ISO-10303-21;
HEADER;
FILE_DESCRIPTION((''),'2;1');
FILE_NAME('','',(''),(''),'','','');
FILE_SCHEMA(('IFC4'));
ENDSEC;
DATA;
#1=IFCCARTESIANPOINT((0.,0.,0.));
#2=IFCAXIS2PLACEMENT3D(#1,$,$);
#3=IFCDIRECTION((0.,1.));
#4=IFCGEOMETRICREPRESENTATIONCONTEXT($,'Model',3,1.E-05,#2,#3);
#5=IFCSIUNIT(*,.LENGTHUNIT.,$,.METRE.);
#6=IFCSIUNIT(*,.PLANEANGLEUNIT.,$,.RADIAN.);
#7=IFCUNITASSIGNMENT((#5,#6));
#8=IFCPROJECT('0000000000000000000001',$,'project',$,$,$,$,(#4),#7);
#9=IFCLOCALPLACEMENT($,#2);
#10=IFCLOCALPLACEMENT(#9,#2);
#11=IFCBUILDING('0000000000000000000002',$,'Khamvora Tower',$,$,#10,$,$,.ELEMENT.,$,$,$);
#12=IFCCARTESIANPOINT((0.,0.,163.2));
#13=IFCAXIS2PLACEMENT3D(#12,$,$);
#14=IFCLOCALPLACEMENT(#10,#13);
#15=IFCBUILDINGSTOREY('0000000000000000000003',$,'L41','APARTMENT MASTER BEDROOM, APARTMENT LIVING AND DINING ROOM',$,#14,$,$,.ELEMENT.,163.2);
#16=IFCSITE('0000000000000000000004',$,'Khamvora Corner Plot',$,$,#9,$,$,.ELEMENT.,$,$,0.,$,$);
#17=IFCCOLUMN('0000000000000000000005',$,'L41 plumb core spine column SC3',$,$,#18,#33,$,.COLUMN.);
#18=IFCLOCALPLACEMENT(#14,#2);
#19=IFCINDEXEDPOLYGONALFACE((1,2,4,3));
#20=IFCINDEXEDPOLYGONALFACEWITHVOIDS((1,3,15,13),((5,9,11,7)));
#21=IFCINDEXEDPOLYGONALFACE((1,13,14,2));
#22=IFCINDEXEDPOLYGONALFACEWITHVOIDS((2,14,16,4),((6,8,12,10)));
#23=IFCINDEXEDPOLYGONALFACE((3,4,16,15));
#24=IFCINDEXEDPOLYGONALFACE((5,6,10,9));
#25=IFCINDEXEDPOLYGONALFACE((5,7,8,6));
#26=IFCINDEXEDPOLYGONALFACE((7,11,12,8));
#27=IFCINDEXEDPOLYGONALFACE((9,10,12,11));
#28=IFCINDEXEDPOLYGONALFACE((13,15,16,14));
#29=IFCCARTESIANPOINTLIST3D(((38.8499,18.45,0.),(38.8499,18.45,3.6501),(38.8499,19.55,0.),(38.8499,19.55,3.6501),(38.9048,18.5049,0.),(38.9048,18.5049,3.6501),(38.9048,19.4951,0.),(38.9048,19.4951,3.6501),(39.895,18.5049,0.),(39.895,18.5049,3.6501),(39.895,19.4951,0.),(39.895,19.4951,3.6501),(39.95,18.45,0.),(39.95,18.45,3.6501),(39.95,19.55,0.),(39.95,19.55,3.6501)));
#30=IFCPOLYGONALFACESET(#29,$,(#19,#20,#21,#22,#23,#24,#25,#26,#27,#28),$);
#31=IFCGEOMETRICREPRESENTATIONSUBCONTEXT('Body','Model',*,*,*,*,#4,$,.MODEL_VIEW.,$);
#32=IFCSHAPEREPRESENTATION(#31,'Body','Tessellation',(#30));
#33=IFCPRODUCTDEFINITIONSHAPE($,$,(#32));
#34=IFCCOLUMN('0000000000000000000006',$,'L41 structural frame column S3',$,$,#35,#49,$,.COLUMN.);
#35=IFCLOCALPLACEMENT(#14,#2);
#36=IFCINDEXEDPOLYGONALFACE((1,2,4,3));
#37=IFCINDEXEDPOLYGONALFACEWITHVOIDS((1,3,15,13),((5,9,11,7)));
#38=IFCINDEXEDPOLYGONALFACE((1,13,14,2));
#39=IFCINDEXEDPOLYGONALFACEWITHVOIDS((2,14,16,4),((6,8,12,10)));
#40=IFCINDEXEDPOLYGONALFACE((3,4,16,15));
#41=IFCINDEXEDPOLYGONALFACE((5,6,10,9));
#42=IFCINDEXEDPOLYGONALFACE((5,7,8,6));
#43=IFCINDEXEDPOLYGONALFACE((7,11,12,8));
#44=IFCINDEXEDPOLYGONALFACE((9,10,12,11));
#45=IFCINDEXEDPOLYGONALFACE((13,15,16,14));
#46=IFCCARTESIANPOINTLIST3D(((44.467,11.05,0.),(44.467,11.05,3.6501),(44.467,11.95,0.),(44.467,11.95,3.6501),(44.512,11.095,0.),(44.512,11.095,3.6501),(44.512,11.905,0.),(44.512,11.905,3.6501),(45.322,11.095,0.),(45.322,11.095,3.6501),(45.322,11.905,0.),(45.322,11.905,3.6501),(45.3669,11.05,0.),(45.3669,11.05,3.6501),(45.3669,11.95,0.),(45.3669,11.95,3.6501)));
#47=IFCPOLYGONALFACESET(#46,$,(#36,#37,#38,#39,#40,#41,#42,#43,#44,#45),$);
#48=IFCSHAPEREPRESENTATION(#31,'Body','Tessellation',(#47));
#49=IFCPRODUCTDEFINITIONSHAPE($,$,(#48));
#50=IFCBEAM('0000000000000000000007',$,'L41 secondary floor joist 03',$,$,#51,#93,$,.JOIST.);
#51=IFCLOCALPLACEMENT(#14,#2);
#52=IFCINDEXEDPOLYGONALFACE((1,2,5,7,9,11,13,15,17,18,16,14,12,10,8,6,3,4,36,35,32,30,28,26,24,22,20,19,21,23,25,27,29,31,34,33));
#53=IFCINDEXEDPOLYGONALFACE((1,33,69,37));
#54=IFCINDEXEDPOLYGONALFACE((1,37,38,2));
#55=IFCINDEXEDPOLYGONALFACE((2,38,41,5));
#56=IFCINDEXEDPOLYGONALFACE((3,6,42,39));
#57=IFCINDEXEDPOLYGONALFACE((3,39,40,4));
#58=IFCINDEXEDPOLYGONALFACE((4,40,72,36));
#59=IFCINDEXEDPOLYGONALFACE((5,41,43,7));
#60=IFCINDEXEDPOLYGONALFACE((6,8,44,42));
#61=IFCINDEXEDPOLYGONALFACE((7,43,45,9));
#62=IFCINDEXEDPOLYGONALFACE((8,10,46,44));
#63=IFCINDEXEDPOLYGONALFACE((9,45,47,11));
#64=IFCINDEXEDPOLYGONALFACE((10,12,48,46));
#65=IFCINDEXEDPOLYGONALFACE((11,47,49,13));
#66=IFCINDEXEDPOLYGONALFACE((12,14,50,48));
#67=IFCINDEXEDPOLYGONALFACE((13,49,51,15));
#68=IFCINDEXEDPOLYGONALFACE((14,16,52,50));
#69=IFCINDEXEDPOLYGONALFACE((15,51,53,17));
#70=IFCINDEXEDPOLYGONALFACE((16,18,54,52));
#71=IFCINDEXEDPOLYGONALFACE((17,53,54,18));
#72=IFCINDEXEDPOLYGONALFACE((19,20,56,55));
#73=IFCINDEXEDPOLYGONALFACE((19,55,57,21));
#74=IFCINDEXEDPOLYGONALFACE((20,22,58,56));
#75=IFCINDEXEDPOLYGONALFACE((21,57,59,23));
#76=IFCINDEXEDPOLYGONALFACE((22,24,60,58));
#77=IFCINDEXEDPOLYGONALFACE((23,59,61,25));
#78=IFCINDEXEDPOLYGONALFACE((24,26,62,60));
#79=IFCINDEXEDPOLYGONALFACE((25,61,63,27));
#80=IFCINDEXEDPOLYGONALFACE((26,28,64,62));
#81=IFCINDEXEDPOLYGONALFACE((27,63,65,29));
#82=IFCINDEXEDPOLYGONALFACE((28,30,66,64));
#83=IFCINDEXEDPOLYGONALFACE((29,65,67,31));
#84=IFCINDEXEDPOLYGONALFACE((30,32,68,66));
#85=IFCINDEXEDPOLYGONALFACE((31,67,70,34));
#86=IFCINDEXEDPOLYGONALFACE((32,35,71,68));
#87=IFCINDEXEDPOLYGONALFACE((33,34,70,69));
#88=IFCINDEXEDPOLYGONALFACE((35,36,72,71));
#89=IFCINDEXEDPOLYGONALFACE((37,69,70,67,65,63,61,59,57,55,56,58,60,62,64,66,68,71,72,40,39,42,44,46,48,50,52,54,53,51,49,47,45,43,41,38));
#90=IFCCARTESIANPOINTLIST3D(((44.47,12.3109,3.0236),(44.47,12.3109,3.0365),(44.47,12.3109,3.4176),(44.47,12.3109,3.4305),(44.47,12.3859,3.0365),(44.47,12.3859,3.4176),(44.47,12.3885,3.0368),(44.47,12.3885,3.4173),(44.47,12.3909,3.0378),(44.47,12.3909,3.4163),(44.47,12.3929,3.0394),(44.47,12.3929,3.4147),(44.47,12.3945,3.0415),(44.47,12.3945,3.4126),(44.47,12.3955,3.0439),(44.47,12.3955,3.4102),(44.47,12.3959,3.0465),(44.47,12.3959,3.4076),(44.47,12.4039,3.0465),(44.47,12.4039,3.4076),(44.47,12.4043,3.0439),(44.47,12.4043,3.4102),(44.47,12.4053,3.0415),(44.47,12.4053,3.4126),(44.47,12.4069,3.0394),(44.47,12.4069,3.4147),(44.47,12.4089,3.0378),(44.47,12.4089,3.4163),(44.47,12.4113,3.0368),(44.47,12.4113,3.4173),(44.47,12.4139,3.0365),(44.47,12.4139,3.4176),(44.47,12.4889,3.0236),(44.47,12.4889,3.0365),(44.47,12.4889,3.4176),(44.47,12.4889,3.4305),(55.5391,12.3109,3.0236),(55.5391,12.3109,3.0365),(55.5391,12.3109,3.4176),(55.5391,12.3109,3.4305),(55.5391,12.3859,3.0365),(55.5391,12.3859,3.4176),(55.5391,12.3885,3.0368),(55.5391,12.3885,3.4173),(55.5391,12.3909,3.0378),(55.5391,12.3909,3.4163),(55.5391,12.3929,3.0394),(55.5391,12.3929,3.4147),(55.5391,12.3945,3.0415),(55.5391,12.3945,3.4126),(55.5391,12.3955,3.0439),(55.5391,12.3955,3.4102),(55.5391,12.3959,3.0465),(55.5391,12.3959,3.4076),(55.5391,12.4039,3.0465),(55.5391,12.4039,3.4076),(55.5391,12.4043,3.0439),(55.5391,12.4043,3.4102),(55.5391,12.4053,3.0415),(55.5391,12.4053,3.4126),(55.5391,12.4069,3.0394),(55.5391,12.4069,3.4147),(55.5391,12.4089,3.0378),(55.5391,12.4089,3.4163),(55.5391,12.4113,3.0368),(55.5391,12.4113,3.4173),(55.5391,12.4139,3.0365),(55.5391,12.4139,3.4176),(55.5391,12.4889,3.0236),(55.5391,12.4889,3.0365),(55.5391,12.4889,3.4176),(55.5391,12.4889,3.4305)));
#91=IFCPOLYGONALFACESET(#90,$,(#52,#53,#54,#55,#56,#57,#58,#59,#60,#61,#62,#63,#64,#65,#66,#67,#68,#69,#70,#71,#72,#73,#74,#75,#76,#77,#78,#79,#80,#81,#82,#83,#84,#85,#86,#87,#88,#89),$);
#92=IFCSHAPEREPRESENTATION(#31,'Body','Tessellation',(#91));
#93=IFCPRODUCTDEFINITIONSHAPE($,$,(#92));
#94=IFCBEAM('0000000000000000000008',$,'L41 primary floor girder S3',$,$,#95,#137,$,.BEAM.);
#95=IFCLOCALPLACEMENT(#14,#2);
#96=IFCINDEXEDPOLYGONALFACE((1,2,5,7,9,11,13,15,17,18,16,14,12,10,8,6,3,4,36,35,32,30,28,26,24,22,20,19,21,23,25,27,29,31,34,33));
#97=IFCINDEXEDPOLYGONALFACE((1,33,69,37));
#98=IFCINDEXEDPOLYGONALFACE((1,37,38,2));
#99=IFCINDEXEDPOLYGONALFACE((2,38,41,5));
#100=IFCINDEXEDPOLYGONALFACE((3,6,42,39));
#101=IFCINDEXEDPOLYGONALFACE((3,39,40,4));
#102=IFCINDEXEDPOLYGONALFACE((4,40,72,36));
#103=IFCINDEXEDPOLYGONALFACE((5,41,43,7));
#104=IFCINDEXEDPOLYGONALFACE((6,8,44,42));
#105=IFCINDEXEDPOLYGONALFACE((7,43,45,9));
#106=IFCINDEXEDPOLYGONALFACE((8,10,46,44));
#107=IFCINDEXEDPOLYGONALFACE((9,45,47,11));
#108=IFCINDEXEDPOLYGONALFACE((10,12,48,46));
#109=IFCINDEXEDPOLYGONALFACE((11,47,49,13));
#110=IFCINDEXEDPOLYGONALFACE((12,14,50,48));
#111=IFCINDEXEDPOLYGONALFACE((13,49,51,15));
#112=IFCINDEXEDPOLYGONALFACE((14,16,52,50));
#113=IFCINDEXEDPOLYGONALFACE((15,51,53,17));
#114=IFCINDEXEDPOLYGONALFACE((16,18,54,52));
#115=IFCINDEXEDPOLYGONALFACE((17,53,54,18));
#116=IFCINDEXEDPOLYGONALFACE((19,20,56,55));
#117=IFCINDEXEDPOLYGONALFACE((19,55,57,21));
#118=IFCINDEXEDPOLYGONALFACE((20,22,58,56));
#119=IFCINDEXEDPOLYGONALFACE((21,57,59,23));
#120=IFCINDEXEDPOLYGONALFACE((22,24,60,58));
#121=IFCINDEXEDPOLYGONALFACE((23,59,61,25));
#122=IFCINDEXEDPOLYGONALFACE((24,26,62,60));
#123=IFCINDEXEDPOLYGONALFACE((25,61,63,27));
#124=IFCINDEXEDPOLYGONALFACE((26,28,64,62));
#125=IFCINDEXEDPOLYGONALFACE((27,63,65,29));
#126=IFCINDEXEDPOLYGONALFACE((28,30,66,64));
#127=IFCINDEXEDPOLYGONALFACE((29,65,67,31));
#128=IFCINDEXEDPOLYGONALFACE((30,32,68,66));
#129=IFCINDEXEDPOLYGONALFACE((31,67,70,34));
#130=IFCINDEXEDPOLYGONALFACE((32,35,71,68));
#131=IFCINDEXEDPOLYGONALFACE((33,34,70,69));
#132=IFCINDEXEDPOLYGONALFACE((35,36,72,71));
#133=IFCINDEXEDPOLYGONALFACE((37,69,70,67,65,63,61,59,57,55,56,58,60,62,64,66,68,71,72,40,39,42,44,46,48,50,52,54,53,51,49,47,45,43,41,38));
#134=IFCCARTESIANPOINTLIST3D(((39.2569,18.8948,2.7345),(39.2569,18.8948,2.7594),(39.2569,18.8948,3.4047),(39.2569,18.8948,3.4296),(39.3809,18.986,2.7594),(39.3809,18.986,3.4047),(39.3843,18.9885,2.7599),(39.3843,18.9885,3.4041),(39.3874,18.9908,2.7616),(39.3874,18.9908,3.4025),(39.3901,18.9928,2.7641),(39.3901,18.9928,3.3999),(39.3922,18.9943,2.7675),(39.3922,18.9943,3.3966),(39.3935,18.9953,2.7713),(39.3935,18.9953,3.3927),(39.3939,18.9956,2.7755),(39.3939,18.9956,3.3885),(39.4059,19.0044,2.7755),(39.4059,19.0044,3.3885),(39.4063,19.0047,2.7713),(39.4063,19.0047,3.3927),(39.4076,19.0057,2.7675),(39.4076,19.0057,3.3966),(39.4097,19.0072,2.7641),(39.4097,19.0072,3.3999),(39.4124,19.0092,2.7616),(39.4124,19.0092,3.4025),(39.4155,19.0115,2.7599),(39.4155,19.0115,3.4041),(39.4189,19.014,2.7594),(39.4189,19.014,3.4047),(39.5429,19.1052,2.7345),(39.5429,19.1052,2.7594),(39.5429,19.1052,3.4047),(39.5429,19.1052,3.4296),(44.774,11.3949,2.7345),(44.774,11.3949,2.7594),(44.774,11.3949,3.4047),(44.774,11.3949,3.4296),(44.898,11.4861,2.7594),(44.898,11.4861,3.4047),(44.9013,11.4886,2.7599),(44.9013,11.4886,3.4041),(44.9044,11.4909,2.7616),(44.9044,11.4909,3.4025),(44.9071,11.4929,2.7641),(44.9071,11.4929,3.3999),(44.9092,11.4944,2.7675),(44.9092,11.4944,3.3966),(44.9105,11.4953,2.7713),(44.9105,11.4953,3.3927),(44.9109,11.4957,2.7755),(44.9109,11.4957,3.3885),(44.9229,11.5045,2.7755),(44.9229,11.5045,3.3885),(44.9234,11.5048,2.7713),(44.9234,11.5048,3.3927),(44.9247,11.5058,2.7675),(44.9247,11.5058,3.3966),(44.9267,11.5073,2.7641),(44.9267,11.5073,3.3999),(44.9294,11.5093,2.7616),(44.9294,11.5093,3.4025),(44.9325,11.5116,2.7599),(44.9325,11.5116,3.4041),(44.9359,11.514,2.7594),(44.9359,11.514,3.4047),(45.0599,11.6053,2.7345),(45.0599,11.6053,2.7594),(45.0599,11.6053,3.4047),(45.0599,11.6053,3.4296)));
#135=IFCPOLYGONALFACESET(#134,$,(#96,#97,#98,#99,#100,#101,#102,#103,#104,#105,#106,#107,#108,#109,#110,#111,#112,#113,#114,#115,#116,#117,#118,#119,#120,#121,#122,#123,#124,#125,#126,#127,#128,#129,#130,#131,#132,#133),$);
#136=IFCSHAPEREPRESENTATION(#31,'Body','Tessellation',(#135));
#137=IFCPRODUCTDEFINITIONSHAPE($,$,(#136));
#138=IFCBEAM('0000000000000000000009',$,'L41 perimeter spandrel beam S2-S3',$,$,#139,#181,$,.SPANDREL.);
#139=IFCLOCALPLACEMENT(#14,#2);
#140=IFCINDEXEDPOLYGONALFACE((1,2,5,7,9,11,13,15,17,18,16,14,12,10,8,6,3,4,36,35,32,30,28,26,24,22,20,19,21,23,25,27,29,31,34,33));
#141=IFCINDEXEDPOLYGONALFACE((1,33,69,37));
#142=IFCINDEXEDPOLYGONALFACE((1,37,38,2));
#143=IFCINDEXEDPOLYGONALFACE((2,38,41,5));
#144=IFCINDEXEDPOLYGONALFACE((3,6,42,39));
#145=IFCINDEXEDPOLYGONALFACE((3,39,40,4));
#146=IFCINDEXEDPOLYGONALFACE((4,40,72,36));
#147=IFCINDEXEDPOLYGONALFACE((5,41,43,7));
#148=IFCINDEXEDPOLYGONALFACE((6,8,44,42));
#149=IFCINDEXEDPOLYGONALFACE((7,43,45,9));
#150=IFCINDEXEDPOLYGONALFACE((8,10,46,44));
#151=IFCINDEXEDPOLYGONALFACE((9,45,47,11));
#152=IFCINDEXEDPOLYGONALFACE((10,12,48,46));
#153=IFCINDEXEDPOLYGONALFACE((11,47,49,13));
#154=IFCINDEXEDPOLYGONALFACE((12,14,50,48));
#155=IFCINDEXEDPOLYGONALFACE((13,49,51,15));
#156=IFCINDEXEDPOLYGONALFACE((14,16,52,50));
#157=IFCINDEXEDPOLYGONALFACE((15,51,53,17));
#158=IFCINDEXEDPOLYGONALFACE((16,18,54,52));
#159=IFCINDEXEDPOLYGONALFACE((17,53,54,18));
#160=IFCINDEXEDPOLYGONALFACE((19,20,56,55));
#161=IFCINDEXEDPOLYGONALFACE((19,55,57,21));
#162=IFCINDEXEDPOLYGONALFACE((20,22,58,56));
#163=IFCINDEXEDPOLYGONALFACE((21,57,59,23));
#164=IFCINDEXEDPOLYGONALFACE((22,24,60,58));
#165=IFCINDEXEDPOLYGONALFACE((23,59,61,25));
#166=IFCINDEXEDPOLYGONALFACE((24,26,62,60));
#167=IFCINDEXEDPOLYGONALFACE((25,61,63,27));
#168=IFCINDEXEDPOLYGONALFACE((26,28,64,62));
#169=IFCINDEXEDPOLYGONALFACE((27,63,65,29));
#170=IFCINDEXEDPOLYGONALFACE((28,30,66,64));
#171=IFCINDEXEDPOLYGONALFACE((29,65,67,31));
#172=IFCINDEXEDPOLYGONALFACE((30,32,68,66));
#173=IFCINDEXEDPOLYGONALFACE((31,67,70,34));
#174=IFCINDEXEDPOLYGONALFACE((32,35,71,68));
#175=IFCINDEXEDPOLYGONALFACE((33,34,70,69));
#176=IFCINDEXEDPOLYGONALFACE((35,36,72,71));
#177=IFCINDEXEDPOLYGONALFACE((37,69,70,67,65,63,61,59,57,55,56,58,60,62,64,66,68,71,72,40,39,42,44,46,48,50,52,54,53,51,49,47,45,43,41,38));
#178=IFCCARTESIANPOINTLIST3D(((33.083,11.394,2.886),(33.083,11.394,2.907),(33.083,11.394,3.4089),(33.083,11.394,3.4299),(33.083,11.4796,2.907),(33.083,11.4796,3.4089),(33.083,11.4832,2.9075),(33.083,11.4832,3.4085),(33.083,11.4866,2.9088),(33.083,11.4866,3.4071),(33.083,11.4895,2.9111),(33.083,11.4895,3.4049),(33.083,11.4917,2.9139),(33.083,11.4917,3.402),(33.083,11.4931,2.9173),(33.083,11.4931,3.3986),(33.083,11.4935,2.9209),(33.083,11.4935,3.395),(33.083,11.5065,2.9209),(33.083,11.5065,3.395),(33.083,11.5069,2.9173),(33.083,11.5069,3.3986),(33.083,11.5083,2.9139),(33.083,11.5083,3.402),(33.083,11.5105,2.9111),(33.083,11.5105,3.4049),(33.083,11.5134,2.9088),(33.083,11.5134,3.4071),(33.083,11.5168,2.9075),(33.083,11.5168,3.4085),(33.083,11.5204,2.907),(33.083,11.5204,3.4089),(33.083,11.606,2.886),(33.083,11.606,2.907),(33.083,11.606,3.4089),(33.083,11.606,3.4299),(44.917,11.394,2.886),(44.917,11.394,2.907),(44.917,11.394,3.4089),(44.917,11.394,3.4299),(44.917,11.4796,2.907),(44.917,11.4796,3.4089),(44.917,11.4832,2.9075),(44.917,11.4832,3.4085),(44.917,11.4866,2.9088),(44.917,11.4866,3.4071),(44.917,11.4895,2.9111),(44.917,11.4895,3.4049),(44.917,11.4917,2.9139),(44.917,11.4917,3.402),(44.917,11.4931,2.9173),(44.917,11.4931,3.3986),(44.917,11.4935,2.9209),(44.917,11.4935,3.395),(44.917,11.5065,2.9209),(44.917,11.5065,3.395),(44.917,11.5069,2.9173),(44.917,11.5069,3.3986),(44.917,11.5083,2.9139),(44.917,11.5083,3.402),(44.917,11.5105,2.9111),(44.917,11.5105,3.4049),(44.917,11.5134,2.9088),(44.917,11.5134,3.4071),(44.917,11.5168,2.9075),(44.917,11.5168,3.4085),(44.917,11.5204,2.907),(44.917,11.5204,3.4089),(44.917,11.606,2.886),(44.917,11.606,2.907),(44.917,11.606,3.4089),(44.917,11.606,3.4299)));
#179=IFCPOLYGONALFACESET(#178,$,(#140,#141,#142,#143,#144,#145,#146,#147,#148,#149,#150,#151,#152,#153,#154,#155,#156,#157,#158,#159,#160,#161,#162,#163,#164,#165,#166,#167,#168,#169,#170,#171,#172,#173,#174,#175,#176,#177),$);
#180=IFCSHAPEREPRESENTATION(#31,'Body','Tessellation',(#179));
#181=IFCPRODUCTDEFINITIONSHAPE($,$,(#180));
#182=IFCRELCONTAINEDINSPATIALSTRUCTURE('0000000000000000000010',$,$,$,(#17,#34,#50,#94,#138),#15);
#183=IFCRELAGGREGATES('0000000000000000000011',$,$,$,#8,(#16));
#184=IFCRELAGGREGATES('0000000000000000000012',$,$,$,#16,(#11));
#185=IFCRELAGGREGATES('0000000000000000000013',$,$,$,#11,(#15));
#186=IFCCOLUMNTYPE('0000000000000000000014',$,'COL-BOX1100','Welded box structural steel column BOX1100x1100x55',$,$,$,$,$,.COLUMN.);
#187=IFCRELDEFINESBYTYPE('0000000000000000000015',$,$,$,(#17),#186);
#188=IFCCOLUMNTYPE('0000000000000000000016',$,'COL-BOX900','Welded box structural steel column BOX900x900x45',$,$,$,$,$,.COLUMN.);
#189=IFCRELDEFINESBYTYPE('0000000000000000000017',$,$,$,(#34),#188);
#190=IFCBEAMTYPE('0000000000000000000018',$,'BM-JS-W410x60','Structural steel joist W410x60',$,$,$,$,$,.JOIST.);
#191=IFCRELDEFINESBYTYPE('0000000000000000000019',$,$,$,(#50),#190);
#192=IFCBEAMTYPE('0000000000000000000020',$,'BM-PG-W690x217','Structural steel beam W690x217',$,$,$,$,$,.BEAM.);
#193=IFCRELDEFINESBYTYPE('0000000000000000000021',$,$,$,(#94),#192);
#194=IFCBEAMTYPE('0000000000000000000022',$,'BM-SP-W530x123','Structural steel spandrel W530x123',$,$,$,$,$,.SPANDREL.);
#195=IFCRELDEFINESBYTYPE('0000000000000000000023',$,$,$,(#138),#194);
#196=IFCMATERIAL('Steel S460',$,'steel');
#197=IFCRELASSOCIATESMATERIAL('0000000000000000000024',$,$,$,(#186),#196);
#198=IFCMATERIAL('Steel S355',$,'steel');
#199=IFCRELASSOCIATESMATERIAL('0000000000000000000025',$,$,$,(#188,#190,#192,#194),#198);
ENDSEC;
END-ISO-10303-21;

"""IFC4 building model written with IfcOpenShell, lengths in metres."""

from ifc_helpers import new_model, si_unit, direction, frame, origin, origin_2d, place, context, subcontext, project, spatial, hollow_rectangle, i_section, extrude, material, material_profile, profile_set, type_object, element, save


model = new_model("IFC4")

# Units and contexts
model_context = context("Model", 3, precision=1e-05, world=origin(), true_north=direction((0.0, 1.0)))
body_context = subcontext(model_context, "Body", "Model", "MODEL_VIEW")
ifc_project = project(units=[si_unit("LENGTHUNIT", "METRE"), si_unit("PLANEANGLEUNIT", "RADIAN")], contexts=[model_context])

# Site, building, storey
site_placement = place(None, origin())
site = spatial("IfcSite", under=ifc_project, at=site_placement, Name="Khamvora Corner Plot", CompositionType="ELEMENT", RefElevation=0.0)
building_placement = place(site_placement, origin())
building = spatial("IfcBuilding", under=site, at=building_placement, Name="Khamvora Tower", CompositionType="ELEMENT")
storey_placement = place(building_placement, frame((0.0, 0.0, 163.2)))
storey = spatial("IfcBuildingStorey", under=building, at=storey_placement, Name="L41", Description="APARTMENT MASTER BEDROOM, APARTMENT LIVING AND DINING ROOM", CompositionType="ELEMENT", Elevation=163.2)

# Columns
ifc_material_1 = material(Name="Steel S460", Category="steel")
ifc_material_profile_1 = material_profile(ifc_material_1, hollow_rectangle(XDim=1.1001, YDim=1.1001, WallThickness=0.0549, at=origin_2d()), Name="BOX1100x1100x55")
ifc_profile_set_1 = profile_set([ifc_material_profile_1], Name="Steel S460")
column_type_1 = type_object("IfcColumnType", Name="COL-BOX1100", Description="Welded box structural steel column BOX1100x1100x55", PredefinedType="COLUMN", material=ifc_profile_set_1)
column_1_placement = place(storey_placement, frame((39.3999, 19.0, 0.0), z_axis=(0.0, 0.0, 1.0), x_axis=(1.0, 0.0, 0.0)))
element("IfcColumn", 1, at=column_1_placement, inside=storey, type_object=column_type_1, Name="L41 plumb core spine column SC3", PredefinedType="COLUMN", context=body_context, shape_type="SweptSolid", body=[
    extrude(hollow_rectangle(XDim=1.1001, YDim=1.1001, WallThickness=0.0549, at=origin_2d()), origin(), (0.0, 0.0, 1.0), 3.6501),
])
ifc_material_2 = material(Name="Steel S355", Category="steel")
ifc_material_profile_2 = material_profile(ifc_material_2, hollow_rectangle(XDim=0.8999, YDim=0.8999, WallThickness=0.0449, at=origin_2d()), Name="BOX900x900x45")
ifc_profile_set_2 = profile_set([ifc_material_profile_2], Name="Steel S355")
column_type_2 = type_object("IfcColumnType", Name="COL-BOX900", Description="Welded box structural steel column BOX900x900x45", PredefinedType="COLUMN", material=ifc_profile_set_2)
column_2_placement = place(storey_placement, frame((44.917, 11.5, 0.0), z_axis=(0.0, 0.0, 1.0), x_axis=(1.0, 0.0, 0.0)))
element("IfcColumn", 2, at=column_2_placement, inside=storey, type_object=column_type_2, Name="L41 structural frame column S3", PredefinedType="COLUMN", context=body_context, shape_type="SweptSolid", body=[
    extrude(hollow_rectangle(XDim=0.8999, YDim=0.8999, WallThickness=0.0449, at=origin_2d()), origin(), (0.0, 0.0, 1.0), 3.6501),
])

# Beams
ifc_material_profile_3 = material_profile(ifc_material_2, i_section(OverallWidth=0.178, OverallDepth=0.407, WebThickness=0.0081, FlangeThickness=0.0129, FilletRadius=0.01, at=origin_2d()), Name="W410x60")
ifc_profile_set_3 = profile_set([ifc_material_profile_3], Name="Steel S355")
beam_type_1 = type_object("IfcBeamType", Name="BM-JS-W410x60", Description="Structural steel joist W410x60", PredefinedType="JOIST", material=ifc_profile_set_3)
beam_1_placement = place(storey_placement, frame((44.47, 12.3999, 3.2271), z_axis=(1.0, 0.0, 0.0), x_axis=(0.0, 1.0, 0.0)))
element("IfcBeam", 3, at=beam_1_placement, inside=storey, type_object=beam_type_1, Name="L41 secondary floor joist 03", PredefinedType="JOIST", context=body_context, shape_type="SweptSolid", body=[
    extrude(i_section(OverallWidth=0.178, OverallDepth=0.407, WebThickness=0.0081, FlangeThickness=0.0129, FilletRadius=0.01, at=origin_2d()), origin(), (0.0, 0.0, 1.0), 11.0691),
])
ifc_material_profile_4 = material_profile(ifc_material_2, i_section(OverallWidth=0.355, OverallDepth=0.6951, WebThickness=0.0149, FlangeThickness=0.0249, FilletRadius=0.0161, at=origin_2d()), Name="W690x217")
ifc_profile_set_4 = profile_set([ifc_material_profile_4], Name="Steel S355")
beam_type_2 = type_object("IfcBeamType", Name="BM-PG-W690x217", Description="Structural steel beam W690x217", PredefinedType="BEAM", material=ifc_profile_set_4)
beam_2_placement = place(storey_placement, frame((39.3999, 19.0, 3.082), z_axis=(0.592557, -0.805529, 0.0), x_axis=(0.805529, 0.592557, 0.0)))
element("IfcBeam", 4, at=beam_2_placement, inside=storey, type_object=beam_type_2, Name="L41 primary floor girder S3", PredefinedType="BEAM", context=body_context, shape_type="SweptSolid", body=[
    extrude(i_section(OverallWidth=0.355, OverallDepth=0.6951, WebThickness=0.0149, FlangeThickness=0.0249, FilletRadius=0.0161, at=origin_2d()), origin(), (0.0, 0.0, 1.0), 9.3105),
])
ifc_material_profile_5 = material_profile(ifc_material_2, i_section(OverallWidth=0.2119, OverallDepth=0.5439, WebThickness=0.0129, FlangeThickness=0.021, FilletRadius=0.0139, at=origin_2d()), Name="W530x123")
ifc_profile_set_5 = profile_set([ifc_material_profile_5], Name="Steel S355")
beam_type_3 = type_object("IfcBeamType", Name="BM-SP-W530x123", Description="Structural steel spandrel W530x123", PredefinedType="SPANDREL", material=ifc_profile_set_5)
beam_3_placement = place(storey_placement, frame((33.083, 11.5, 3.158), z_axis=(1.0, 0.0, 0.0), x_axis=(0.0, 1.0, 0.0)))
element("IfcBeam", 5, at=beam_3_placement, inside=storey, type_object=beam_type_3, Name="L41 perimeter spandrel beam S2-S3", PredefinedType="SPANDREL", context=body_context, shape_type="SweptSolid", body=[
    extrude(i_section(OverallWidth=0.2119, OverallDepth=0.5439, WebThickness=0.0129, FlangeThickness=0.021, FilletRadius=0.0139, at=origin_2d()), origin(), (0.0, 0.0, 1.0), 11.834),
])

save(model, "model.ifc")
